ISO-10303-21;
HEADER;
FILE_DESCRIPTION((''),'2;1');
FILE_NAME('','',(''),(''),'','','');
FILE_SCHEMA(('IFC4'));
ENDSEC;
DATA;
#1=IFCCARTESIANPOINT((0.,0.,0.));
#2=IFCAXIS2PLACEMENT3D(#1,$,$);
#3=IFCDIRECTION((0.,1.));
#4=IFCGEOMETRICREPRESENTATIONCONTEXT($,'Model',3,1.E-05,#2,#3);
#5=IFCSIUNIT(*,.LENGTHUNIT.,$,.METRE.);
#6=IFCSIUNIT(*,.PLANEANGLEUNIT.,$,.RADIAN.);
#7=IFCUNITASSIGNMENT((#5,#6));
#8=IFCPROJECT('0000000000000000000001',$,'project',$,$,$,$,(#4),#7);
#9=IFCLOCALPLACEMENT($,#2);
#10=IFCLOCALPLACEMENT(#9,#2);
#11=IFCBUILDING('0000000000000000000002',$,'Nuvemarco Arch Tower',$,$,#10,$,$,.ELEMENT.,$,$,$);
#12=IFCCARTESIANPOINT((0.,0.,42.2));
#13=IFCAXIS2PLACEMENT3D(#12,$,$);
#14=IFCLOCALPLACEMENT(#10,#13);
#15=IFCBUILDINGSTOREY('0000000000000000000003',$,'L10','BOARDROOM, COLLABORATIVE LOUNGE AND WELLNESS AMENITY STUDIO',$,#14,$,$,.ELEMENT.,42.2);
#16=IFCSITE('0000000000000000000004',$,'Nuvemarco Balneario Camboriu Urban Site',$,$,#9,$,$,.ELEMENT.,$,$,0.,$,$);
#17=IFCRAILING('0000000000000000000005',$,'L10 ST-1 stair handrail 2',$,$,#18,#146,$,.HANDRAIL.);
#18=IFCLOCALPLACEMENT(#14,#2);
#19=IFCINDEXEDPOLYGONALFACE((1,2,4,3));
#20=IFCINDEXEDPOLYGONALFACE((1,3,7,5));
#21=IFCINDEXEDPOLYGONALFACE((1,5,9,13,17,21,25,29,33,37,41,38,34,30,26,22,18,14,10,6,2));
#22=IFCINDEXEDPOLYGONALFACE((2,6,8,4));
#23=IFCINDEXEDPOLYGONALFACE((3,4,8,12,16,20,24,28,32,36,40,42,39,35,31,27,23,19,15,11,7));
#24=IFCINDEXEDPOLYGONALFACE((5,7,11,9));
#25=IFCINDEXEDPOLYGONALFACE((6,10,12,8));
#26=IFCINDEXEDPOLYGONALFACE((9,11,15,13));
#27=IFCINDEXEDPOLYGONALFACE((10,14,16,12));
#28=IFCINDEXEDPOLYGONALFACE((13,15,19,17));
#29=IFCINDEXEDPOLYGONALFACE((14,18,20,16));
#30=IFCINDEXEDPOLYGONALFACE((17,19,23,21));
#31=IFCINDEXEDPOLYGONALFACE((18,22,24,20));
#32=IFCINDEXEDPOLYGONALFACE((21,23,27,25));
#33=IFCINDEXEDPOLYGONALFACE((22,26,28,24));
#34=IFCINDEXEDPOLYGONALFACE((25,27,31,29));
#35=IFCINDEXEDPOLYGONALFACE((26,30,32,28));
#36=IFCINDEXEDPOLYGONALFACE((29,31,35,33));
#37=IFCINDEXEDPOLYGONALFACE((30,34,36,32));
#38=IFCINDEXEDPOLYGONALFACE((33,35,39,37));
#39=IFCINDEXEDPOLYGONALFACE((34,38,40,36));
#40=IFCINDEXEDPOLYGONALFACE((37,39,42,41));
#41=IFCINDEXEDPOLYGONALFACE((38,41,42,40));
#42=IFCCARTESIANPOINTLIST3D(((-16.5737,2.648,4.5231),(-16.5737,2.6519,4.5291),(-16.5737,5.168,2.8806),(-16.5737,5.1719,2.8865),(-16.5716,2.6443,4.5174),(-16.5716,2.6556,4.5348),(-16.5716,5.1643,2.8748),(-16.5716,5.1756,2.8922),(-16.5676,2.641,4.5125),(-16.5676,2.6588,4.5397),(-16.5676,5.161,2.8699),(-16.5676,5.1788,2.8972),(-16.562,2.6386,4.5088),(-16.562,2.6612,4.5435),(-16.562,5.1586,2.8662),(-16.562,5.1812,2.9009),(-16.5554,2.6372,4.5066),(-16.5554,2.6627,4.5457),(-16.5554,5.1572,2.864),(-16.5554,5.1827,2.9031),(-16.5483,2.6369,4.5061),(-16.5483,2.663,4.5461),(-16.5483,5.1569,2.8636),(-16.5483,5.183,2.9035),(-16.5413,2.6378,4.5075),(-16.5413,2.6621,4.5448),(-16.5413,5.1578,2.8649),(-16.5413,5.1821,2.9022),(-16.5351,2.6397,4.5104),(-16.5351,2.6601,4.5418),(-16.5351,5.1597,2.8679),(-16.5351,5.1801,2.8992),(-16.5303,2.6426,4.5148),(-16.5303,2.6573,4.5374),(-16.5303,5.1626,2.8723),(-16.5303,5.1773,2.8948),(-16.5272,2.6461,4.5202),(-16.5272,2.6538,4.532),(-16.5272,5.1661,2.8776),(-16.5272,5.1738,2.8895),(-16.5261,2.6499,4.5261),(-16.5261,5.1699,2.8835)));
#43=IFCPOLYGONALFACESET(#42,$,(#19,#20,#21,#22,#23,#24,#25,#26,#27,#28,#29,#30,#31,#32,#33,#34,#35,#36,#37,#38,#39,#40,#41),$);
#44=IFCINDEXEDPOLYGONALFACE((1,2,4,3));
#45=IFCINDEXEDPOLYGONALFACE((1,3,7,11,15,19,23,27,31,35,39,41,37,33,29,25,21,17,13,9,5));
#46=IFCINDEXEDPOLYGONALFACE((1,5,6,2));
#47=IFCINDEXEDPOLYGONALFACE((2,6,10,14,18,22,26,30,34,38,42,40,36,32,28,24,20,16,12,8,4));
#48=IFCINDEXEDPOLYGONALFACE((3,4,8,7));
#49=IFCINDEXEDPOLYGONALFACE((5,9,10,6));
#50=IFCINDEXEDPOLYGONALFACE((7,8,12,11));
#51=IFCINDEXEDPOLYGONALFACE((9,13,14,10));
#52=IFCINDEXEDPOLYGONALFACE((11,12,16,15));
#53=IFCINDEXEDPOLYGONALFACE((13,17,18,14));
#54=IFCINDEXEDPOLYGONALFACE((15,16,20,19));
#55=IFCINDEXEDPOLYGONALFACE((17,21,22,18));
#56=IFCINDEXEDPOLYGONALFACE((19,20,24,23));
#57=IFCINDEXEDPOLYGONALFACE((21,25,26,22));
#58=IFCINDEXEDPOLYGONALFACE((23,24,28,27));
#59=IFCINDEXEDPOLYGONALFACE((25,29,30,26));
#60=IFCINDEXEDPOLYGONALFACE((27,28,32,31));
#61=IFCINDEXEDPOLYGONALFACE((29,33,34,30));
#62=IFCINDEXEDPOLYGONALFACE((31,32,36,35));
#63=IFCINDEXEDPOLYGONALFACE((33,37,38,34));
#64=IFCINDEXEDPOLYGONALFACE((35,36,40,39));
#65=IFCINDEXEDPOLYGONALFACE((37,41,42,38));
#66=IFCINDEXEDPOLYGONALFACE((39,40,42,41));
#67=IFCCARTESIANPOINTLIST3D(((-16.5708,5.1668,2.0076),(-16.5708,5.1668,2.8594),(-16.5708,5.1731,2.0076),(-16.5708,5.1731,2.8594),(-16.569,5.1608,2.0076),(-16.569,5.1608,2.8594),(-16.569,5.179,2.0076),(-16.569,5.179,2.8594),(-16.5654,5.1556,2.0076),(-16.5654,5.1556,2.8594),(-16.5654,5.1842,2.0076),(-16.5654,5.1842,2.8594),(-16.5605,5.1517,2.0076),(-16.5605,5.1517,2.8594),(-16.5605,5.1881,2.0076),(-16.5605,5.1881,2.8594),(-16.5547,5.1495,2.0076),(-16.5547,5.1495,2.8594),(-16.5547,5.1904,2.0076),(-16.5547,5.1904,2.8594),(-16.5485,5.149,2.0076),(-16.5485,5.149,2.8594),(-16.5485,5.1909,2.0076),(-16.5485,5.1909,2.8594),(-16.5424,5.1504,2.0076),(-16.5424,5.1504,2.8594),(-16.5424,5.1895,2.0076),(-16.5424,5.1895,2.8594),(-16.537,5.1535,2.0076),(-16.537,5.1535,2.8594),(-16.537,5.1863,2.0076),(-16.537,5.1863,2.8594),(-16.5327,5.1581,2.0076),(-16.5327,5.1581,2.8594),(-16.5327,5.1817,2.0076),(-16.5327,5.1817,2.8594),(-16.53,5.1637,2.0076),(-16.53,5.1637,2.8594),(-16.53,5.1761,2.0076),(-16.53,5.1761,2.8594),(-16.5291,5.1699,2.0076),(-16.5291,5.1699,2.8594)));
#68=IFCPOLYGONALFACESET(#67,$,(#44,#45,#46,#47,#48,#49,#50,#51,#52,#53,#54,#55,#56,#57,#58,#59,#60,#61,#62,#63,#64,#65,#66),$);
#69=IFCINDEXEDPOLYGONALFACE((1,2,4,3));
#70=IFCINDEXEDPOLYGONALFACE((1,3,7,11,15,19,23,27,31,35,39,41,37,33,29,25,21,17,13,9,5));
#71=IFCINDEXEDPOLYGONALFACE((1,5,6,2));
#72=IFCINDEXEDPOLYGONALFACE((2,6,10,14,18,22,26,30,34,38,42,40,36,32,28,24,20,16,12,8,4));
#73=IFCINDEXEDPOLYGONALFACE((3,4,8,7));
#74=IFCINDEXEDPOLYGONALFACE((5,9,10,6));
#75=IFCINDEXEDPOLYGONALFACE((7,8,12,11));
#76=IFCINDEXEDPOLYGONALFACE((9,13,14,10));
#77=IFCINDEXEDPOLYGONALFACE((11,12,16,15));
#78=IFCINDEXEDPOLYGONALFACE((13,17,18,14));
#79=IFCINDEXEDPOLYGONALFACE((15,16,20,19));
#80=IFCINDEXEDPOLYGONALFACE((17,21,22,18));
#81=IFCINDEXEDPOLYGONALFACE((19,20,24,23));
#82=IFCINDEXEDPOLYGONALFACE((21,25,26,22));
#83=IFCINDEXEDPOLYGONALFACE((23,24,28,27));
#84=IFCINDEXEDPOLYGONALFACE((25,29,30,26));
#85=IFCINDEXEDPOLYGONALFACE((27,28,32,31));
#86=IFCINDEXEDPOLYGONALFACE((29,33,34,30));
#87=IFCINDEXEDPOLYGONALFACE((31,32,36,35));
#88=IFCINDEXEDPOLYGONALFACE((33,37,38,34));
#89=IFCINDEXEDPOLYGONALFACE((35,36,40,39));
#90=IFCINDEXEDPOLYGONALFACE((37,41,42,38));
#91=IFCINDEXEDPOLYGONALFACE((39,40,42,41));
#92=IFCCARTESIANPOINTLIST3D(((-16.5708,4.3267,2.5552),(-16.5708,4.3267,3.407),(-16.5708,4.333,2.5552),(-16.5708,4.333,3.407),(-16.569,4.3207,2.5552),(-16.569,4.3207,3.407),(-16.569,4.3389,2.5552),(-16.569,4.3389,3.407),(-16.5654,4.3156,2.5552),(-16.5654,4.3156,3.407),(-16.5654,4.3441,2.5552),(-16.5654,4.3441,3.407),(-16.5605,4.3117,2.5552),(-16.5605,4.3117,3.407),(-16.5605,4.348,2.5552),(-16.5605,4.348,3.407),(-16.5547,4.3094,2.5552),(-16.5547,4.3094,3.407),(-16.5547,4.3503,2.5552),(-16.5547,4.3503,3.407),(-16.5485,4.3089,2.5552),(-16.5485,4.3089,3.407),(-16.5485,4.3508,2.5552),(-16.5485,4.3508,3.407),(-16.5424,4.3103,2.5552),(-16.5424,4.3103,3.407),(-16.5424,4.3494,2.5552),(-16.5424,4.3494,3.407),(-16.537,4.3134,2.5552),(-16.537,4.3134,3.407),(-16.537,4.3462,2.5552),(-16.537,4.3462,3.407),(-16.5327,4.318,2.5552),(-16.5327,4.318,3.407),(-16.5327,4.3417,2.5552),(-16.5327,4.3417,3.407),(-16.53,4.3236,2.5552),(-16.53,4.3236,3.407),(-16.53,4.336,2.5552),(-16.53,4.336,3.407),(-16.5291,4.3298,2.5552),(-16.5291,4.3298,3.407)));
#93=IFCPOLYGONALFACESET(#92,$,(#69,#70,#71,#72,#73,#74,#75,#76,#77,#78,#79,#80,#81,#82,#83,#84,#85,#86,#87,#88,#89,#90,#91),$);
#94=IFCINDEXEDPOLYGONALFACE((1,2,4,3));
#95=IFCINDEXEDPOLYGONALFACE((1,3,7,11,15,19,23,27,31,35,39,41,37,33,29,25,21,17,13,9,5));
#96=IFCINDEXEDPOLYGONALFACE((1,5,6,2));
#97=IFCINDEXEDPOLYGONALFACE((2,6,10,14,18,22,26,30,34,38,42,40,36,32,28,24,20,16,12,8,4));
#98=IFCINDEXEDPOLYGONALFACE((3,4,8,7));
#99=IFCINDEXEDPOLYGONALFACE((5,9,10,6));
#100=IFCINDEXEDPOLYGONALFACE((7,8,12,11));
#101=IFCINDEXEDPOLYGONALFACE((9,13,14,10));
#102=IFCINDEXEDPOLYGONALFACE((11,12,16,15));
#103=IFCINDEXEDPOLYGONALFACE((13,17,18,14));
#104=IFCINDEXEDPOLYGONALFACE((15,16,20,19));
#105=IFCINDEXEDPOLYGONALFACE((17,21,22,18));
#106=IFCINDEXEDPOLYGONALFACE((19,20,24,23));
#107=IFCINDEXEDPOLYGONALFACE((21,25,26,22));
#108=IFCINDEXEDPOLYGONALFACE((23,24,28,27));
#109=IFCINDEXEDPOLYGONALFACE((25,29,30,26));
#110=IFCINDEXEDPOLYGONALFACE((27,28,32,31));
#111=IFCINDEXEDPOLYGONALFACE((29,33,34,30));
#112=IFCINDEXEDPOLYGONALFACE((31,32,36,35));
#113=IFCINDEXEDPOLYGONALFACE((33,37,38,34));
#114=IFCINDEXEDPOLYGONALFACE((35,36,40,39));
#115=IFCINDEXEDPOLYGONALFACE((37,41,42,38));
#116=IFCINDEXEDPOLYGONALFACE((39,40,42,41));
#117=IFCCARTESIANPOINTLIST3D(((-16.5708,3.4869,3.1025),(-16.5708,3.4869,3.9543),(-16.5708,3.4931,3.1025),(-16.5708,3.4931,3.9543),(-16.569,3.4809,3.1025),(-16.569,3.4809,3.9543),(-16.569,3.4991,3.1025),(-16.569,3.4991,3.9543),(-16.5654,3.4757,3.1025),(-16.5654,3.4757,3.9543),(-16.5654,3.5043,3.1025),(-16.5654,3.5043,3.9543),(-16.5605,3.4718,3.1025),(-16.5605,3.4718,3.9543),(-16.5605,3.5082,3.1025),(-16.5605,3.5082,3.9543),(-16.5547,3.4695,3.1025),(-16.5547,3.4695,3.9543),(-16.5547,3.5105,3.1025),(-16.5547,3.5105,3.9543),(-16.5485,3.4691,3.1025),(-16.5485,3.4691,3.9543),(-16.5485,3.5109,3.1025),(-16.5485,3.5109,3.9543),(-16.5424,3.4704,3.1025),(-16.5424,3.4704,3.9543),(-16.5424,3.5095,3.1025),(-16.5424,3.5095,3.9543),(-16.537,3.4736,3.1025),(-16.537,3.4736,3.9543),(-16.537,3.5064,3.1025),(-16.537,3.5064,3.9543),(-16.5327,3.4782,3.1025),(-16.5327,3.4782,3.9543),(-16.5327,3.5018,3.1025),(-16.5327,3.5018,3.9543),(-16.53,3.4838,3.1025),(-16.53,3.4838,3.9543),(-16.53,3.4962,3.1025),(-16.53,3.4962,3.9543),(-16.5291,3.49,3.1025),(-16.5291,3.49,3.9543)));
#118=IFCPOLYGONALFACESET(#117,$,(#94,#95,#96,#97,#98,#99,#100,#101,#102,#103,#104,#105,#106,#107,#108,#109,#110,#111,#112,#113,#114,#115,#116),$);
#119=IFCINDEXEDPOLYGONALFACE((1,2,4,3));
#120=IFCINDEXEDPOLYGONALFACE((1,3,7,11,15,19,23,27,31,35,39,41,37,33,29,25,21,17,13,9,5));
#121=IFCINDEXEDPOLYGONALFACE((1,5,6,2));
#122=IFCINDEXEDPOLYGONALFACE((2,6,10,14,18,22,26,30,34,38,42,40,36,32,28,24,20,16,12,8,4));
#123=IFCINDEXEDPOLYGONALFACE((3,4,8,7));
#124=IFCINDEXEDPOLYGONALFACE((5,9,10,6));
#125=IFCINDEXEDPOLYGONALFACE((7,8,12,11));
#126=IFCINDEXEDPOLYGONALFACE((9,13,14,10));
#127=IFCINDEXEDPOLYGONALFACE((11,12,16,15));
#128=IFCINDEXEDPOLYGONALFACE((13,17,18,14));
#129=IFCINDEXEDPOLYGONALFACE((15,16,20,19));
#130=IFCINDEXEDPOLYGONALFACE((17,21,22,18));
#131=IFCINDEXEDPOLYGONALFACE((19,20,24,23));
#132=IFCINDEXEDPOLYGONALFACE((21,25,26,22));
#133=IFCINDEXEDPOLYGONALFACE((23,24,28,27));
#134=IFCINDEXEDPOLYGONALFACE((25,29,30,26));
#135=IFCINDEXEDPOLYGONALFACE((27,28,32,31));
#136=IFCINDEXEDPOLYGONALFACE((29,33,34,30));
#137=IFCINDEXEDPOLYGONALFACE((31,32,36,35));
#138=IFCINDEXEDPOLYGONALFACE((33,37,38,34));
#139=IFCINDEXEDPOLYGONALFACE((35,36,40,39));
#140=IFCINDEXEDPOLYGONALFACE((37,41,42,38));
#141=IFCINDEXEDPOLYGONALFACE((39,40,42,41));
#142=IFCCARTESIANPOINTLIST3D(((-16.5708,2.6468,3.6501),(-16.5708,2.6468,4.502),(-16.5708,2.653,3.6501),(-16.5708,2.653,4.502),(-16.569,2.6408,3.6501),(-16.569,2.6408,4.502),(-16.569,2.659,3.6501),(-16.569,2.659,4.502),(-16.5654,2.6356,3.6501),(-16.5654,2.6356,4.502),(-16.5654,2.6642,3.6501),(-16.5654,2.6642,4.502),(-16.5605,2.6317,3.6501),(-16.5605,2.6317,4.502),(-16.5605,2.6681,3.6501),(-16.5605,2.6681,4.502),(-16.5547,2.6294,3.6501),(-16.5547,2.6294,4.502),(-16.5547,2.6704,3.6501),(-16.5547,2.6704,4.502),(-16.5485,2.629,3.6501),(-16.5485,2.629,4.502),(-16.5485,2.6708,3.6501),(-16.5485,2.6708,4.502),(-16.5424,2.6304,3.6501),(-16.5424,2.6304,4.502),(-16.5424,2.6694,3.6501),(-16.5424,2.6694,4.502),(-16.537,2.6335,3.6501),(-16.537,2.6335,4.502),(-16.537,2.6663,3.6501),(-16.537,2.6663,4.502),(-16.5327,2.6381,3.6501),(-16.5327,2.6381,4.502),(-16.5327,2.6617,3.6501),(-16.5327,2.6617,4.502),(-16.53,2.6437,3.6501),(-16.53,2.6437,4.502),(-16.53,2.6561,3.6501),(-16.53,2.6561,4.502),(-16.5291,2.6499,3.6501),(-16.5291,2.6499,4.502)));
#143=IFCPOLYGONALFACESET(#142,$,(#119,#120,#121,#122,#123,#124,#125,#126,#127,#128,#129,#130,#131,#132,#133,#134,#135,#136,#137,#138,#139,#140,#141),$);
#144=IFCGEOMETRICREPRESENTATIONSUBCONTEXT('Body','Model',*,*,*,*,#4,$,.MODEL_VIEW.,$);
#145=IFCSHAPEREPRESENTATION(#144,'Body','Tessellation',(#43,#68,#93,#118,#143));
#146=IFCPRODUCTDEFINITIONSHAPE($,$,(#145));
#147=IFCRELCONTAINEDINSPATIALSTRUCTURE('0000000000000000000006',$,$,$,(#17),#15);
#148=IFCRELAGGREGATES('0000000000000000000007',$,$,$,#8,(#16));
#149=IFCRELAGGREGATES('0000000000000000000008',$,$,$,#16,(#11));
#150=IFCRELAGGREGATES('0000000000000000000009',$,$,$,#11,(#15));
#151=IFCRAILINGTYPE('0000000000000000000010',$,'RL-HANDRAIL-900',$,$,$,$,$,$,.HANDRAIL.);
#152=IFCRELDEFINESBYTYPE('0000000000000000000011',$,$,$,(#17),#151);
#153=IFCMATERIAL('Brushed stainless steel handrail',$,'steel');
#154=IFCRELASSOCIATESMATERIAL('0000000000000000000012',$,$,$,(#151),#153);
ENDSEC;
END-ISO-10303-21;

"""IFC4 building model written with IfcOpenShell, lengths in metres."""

from ifc_helpers import new_model, si_unit, direction, frame, origin, origin_2d, place, context, subcontext, project, spatial, circle, extrude, material, type_object, element, save


model = new_model("IFC4")

# Units and contexts
model_context = context("Model", 3, precision=1e-05, world=origin(), true_north=direction((0.0, 1.0)))
body_context = subcontext(model_context, "Body", "Model", "MODEL_VIEW")
ifc_project = project(units=[si_unit("LENGTHUNIT", "METRE"), si_unit("PLANEANGLEUNIT", "RADIAN")], contexts=[model_context])

# Site, building, storey
site_placement = place(None, origin())
site = spatial("IfcSite", under=ifc_project, at=site_placement, Name="Nuvemarco Balneario Camboriu Urban Site", CompositionType="ELEMENT", RefElevation=0.0)
building_placement = place(site_placement, origin())
building = spatial("IfcBuilding", under=site, at=building_placement, Name="Nuvemarco Arch Tower", CompositionType="ELEMENT")
storey_placement = place(building_placement, frame((0.0, 0.0, 42.2)))
storey = spatial("IfcBuildingStorey", under=building, at=storey_placement, Name="L10", Description="BOARDROOM, COLLABORATIVE LOUNGE AND WELLNESS AMENITY STUDIO", CompositionType="ELEMENT", Elevation=42.2)

# Railing
ifc_material_1 = material(Name="Brushed stainless steel handrail", Category="steel")
railing_type_1 = type_object("IfcRailingType", Name="RL-HANDRAIL-900", PredefinedType="HANDRAIL", material=ifc_material_1)
railing_1_placement = place(storey_placement, frame((-16.55, 5.1699, 2.0076)))
element("IfcRailing", 1, at=railing_1_placement, inside=storey, type_object=railing_type_1, Name="L10 ST-1 stair handrail 2", PredefinedType="HANDRAIL", context=body_context, shape_type="SweptSolid", body=[
    extrude(circle(Radius=0.0239, at=origin_2d()), frame((0.0, 0.0, 0.876), z_axis=(0.0, -0.837749, 0.546055), x_axis=(1.0, 0.0, 0.0)), (0.0, 0.0, 1.0), 3.0081),
    extrude(circle(Radius=0.021, at=origin_2d()), origin(), (0.0, 0.0, 1.0), 0.8518),
    extrude(circle(Radius=0.021, at=origin_2d()), frame((0.0, -0.8401, 0.5476)), (0.0, 0.0, 1.0), 0.8518),
    extrude(circle(Radius=0.021, at=origin_2d()), frame((0.0, -1.6799, 1.095)), (0.0, 0.0, 1.0), 0.8518),
    extrude(circle(Radius=0.021, at=origin_2d()), frame((0.0, -2.52, 1.6426)), (0.0, 0.0, 1.0), 0.8518),
])

save(model, "model.ifc")
